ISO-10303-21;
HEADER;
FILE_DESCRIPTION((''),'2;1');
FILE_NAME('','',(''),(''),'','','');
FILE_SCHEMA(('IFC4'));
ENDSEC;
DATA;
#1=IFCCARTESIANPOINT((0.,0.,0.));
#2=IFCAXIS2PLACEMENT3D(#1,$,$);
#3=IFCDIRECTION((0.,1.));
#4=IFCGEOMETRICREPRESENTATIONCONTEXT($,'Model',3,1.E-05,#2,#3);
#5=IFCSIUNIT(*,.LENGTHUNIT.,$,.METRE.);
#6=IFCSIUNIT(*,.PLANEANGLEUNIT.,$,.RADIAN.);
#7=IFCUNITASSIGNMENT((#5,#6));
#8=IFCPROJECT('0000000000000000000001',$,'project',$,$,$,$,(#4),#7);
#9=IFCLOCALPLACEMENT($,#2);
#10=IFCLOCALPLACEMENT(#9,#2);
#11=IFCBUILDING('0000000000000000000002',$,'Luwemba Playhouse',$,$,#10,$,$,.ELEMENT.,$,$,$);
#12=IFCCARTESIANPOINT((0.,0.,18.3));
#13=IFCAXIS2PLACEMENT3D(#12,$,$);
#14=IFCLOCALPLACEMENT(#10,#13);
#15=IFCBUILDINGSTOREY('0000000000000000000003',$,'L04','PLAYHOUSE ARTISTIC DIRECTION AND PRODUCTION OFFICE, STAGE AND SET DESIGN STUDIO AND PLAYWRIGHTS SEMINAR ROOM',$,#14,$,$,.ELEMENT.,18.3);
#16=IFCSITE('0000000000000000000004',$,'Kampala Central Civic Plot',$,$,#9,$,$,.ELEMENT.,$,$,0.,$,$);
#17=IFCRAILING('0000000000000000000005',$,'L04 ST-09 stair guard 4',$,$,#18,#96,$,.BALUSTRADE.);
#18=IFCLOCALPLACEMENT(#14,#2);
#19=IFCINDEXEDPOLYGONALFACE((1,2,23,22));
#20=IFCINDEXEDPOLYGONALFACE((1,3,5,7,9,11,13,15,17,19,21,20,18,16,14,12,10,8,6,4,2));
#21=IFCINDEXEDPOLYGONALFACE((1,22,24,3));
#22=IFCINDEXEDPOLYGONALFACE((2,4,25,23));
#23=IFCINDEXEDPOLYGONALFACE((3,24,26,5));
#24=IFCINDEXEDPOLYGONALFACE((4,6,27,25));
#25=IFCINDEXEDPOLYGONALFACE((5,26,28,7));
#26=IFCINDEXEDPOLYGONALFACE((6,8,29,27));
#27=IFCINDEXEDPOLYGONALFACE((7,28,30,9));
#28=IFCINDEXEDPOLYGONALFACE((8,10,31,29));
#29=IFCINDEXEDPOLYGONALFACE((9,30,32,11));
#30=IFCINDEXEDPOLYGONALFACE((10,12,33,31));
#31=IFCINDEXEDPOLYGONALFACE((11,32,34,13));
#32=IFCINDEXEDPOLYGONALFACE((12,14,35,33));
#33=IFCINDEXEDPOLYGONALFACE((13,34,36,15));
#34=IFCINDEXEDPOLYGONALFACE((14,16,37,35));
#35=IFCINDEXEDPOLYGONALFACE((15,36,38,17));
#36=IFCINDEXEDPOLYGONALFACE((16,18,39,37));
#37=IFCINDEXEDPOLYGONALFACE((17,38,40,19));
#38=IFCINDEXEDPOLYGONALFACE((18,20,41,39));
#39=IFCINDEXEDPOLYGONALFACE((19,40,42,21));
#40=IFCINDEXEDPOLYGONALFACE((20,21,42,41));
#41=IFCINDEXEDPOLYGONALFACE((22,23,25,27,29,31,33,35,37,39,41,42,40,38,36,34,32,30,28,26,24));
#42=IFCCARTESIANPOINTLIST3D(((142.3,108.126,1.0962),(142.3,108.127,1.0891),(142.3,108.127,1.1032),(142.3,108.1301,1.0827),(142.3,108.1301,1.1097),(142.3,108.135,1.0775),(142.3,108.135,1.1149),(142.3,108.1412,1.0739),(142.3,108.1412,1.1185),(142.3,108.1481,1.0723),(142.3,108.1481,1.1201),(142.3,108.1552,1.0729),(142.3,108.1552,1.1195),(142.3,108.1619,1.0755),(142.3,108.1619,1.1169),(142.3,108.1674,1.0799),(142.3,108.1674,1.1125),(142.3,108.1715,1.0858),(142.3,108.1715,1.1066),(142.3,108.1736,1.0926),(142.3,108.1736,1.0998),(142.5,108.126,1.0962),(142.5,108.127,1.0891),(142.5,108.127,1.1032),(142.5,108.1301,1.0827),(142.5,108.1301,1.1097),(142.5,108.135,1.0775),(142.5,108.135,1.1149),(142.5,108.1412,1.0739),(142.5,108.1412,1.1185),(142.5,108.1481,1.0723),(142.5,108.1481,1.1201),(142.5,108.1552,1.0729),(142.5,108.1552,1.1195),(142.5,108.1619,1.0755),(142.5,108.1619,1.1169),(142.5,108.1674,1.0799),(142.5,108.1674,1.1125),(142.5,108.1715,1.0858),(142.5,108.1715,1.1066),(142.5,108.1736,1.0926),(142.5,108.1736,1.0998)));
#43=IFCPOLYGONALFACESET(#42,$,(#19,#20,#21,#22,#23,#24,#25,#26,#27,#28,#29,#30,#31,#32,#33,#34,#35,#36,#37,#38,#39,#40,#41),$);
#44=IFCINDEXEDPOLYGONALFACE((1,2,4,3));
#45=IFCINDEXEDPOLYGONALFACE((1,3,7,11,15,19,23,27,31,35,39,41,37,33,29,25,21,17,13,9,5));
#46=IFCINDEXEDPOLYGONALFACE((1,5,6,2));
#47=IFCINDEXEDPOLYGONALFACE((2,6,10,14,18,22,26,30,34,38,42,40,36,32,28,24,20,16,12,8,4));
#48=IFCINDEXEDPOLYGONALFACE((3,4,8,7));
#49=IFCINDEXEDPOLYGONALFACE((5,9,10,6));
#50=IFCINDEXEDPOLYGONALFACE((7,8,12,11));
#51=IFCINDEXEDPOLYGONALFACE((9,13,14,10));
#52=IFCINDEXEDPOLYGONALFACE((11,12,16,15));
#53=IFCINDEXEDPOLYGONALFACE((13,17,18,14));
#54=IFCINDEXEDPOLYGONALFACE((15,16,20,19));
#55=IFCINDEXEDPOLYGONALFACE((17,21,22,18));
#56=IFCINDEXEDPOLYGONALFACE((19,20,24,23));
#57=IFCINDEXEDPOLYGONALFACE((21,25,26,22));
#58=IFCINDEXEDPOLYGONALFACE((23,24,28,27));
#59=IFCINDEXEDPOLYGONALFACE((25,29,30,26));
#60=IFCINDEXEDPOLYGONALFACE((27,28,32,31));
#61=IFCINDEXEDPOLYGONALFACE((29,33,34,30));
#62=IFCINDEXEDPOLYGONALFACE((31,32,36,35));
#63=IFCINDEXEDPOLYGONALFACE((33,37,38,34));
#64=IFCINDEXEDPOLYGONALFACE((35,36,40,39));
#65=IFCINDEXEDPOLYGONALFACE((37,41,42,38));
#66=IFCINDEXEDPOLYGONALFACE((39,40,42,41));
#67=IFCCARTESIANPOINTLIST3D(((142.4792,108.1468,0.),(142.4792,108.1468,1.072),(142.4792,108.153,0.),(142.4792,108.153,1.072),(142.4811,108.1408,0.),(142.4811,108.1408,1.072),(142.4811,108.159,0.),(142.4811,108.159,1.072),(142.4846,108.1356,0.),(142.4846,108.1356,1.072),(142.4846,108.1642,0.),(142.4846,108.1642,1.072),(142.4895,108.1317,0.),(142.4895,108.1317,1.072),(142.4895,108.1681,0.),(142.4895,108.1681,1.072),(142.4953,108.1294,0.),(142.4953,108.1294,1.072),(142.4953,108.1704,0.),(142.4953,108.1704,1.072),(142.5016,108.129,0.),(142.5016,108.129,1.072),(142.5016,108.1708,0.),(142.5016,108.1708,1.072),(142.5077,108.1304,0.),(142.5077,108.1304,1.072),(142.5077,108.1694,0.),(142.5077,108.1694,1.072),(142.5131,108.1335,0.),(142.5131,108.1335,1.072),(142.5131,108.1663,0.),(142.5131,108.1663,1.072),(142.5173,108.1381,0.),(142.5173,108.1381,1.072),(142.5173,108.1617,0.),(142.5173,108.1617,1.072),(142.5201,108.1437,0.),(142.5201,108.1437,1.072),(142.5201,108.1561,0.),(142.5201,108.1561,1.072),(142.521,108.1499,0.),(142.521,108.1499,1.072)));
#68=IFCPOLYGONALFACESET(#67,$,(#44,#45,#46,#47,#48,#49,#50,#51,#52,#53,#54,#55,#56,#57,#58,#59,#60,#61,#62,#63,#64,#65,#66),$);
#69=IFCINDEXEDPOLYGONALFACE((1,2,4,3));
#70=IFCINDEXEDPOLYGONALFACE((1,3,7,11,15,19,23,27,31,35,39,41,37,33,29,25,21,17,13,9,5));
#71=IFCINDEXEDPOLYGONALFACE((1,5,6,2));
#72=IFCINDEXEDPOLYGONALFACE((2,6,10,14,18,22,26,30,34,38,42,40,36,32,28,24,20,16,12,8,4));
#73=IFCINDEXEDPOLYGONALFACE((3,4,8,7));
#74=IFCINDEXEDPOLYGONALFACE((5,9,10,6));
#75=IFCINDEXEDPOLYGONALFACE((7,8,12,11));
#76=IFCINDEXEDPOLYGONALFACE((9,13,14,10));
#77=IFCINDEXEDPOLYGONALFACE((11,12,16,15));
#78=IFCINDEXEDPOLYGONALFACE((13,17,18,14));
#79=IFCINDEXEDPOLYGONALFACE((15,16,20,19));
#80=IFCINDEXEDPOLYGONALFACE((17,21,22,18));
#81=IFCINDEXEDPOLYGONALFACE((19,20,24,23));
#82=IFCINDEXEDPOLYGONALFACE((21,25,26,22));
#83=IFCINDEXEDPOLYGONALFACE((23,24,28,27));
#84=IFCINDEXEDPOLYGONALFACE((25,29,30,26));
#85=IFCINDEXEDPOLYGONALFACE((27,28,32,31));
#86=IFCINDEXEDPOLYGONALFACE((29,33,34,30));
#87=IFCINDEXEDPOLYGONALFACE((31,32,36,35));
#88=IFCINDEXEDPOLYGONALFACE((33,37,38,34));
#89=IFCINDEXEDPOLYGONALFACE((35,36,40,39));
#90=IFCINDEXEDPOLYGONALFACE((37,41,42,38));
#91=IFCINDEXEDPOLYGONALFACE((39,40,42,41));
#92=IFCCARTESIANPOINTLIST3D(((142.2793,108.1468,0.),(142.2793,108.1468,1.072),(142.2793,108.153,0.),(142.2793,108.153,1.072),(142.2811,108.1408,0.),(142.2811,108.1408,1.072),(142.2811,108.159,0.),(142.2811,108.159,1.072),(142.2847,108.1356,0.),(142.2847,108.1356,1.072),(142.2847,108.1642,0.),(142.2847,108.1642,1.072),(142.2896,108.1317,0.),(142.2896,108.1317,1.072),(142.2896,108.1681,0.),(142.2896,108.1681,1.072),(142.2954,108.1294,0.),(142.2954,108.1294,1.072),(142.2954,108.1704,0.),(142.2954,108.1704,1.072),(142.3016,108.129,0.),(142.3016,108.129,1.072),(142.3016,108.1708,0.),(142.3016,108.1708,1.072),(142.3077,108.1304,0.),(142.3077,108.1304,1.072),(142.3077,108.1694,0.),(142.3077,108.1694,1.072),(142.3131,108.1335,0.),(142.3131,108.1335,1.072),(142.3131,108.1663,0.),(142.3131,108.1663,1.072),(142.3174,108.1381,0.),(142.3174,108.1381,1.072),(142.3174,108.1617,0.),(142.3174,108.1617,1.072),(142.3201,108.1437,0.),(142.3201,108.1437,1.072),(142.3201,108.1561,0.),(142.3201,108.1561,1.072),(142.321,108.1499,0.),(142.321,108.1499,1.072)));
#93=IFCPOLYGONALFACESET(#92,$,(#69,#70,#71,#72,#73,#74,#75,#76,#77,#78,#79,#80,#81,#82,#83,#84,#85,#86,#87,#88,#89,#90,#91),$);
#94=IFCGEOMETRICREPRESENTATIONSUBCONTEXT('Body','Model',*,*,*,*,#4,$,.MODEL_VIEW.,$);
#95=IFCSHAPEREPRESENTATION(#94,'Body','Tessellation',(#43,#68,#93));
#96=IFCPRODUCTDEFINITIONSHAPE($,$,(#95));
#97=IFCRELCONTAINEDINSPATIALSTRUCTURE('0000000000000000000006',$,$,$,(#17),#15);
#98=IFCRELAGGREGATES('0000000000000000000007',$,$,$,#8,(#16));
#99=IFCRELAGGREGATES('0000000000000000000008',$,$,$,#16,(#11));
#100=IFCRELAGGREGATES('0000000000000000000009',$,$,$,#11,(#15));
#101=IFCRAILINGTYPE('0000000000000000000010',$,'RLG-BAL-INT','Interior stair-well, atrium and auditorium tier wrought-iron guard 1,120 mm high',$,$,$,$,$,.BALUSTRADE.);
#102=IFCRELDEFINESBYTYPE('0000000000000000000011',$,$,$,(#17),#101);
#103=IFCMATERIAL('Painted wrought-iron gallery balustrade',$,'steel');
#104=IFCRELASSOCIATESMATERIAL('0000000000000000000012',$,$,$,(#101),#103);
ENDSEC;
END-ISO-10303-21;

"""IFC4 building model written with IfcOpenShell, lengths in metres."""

from ifc_helpers import new_model, si_unit, direction, frame, origin, origin_2d, place, context, subcontext, project, spatial, circle, extrude, material, type_object, element, save


model = new_model("IFC4")

# Units and contexts
model_context = context("Model", 3, precision=1e-05, world=origin(), true_north=direction((0.0, 1.0)))
body_context = subcontext(model_context, "Body", "Model", "MODEL_VIEW")
ifc_project = project(units=[si_unit("LENGTHUNIT", "METRE"), si_unit("PLANEANGLEUNIT", "RADIAN")], contexts=[model_context])

# Site, building, storey
site_placement = place(None, origin())
site = spatial("IfcSite", under=ifc_project, at=site_placement, Name="Kampala Central Civic Plot", CompositionType="ELEMENT", RefElevation=0.0)
building_placement = place(site_placement, origin())
building = spatial("IfcBuilding", under=site, at=building_placement, Name="Luwemba Playhouse", CompositionType="ELEMENT")
storey_placement = place(building_placement, frame((0.0, 0.0, 18.3)))
storey = spatial("IfcBuildingStorey", under=building, at=storey_placement, Name="L04", Description="PLAYHOUSE ARTISTIC DIRECTION AND PRODUCTION OFFICE, STAGE AND SET DESIGN STUDIO AND PLAYWRIGHTS SEMINAR ROOM", CompositionType="ELEMENT", Elevation=18.3)

# Railing
ifc_material_1 = material(Name="Painted wrought-iron gallery balustrade", Category="steel")
railing_type_1 = type_object("IfcRailingType", Name="RLG-BAL-INT", Description="Interior stair-well, atrium and auditorium tier wrought-iron guard 1,120 mm high", PredefinedType="BALUSTRADE", material=ifc_material_1)
railing_1_placement = place(storey_placement, frame((142.5, 108.1499, 0.0)))
element("IfcRailing", 1, at=railing_1_placement, inside=storey, type_object=railing_type_1, Name="L04 ST-09 stair guard 4", PredefinedType="BALUSTRADE", context=body_context, shape_type="SweptSolid", body=[
    extrude(circle(Radius=0.0239, at=origin_2d()), frame((0.0, 0.0, 1.0962), z_axis=(-1.0, 0.0, 0.0), x_axis=(0.0, -1.0, 0.0)), (0.0, 0.0, 1.0), 0.2),
    extrude(circle(Radius=0.021, at=origin_2d()), origin(), (0.0, 0.0, 1.0), 1.072),
    extrude(circle(Radius=0.021, at=origin_2d()), frame((-0.2, 0.0, 0.0)), (0.0, 0.0, 1.0), 1.072),
])

save(model, "model.ifc")
